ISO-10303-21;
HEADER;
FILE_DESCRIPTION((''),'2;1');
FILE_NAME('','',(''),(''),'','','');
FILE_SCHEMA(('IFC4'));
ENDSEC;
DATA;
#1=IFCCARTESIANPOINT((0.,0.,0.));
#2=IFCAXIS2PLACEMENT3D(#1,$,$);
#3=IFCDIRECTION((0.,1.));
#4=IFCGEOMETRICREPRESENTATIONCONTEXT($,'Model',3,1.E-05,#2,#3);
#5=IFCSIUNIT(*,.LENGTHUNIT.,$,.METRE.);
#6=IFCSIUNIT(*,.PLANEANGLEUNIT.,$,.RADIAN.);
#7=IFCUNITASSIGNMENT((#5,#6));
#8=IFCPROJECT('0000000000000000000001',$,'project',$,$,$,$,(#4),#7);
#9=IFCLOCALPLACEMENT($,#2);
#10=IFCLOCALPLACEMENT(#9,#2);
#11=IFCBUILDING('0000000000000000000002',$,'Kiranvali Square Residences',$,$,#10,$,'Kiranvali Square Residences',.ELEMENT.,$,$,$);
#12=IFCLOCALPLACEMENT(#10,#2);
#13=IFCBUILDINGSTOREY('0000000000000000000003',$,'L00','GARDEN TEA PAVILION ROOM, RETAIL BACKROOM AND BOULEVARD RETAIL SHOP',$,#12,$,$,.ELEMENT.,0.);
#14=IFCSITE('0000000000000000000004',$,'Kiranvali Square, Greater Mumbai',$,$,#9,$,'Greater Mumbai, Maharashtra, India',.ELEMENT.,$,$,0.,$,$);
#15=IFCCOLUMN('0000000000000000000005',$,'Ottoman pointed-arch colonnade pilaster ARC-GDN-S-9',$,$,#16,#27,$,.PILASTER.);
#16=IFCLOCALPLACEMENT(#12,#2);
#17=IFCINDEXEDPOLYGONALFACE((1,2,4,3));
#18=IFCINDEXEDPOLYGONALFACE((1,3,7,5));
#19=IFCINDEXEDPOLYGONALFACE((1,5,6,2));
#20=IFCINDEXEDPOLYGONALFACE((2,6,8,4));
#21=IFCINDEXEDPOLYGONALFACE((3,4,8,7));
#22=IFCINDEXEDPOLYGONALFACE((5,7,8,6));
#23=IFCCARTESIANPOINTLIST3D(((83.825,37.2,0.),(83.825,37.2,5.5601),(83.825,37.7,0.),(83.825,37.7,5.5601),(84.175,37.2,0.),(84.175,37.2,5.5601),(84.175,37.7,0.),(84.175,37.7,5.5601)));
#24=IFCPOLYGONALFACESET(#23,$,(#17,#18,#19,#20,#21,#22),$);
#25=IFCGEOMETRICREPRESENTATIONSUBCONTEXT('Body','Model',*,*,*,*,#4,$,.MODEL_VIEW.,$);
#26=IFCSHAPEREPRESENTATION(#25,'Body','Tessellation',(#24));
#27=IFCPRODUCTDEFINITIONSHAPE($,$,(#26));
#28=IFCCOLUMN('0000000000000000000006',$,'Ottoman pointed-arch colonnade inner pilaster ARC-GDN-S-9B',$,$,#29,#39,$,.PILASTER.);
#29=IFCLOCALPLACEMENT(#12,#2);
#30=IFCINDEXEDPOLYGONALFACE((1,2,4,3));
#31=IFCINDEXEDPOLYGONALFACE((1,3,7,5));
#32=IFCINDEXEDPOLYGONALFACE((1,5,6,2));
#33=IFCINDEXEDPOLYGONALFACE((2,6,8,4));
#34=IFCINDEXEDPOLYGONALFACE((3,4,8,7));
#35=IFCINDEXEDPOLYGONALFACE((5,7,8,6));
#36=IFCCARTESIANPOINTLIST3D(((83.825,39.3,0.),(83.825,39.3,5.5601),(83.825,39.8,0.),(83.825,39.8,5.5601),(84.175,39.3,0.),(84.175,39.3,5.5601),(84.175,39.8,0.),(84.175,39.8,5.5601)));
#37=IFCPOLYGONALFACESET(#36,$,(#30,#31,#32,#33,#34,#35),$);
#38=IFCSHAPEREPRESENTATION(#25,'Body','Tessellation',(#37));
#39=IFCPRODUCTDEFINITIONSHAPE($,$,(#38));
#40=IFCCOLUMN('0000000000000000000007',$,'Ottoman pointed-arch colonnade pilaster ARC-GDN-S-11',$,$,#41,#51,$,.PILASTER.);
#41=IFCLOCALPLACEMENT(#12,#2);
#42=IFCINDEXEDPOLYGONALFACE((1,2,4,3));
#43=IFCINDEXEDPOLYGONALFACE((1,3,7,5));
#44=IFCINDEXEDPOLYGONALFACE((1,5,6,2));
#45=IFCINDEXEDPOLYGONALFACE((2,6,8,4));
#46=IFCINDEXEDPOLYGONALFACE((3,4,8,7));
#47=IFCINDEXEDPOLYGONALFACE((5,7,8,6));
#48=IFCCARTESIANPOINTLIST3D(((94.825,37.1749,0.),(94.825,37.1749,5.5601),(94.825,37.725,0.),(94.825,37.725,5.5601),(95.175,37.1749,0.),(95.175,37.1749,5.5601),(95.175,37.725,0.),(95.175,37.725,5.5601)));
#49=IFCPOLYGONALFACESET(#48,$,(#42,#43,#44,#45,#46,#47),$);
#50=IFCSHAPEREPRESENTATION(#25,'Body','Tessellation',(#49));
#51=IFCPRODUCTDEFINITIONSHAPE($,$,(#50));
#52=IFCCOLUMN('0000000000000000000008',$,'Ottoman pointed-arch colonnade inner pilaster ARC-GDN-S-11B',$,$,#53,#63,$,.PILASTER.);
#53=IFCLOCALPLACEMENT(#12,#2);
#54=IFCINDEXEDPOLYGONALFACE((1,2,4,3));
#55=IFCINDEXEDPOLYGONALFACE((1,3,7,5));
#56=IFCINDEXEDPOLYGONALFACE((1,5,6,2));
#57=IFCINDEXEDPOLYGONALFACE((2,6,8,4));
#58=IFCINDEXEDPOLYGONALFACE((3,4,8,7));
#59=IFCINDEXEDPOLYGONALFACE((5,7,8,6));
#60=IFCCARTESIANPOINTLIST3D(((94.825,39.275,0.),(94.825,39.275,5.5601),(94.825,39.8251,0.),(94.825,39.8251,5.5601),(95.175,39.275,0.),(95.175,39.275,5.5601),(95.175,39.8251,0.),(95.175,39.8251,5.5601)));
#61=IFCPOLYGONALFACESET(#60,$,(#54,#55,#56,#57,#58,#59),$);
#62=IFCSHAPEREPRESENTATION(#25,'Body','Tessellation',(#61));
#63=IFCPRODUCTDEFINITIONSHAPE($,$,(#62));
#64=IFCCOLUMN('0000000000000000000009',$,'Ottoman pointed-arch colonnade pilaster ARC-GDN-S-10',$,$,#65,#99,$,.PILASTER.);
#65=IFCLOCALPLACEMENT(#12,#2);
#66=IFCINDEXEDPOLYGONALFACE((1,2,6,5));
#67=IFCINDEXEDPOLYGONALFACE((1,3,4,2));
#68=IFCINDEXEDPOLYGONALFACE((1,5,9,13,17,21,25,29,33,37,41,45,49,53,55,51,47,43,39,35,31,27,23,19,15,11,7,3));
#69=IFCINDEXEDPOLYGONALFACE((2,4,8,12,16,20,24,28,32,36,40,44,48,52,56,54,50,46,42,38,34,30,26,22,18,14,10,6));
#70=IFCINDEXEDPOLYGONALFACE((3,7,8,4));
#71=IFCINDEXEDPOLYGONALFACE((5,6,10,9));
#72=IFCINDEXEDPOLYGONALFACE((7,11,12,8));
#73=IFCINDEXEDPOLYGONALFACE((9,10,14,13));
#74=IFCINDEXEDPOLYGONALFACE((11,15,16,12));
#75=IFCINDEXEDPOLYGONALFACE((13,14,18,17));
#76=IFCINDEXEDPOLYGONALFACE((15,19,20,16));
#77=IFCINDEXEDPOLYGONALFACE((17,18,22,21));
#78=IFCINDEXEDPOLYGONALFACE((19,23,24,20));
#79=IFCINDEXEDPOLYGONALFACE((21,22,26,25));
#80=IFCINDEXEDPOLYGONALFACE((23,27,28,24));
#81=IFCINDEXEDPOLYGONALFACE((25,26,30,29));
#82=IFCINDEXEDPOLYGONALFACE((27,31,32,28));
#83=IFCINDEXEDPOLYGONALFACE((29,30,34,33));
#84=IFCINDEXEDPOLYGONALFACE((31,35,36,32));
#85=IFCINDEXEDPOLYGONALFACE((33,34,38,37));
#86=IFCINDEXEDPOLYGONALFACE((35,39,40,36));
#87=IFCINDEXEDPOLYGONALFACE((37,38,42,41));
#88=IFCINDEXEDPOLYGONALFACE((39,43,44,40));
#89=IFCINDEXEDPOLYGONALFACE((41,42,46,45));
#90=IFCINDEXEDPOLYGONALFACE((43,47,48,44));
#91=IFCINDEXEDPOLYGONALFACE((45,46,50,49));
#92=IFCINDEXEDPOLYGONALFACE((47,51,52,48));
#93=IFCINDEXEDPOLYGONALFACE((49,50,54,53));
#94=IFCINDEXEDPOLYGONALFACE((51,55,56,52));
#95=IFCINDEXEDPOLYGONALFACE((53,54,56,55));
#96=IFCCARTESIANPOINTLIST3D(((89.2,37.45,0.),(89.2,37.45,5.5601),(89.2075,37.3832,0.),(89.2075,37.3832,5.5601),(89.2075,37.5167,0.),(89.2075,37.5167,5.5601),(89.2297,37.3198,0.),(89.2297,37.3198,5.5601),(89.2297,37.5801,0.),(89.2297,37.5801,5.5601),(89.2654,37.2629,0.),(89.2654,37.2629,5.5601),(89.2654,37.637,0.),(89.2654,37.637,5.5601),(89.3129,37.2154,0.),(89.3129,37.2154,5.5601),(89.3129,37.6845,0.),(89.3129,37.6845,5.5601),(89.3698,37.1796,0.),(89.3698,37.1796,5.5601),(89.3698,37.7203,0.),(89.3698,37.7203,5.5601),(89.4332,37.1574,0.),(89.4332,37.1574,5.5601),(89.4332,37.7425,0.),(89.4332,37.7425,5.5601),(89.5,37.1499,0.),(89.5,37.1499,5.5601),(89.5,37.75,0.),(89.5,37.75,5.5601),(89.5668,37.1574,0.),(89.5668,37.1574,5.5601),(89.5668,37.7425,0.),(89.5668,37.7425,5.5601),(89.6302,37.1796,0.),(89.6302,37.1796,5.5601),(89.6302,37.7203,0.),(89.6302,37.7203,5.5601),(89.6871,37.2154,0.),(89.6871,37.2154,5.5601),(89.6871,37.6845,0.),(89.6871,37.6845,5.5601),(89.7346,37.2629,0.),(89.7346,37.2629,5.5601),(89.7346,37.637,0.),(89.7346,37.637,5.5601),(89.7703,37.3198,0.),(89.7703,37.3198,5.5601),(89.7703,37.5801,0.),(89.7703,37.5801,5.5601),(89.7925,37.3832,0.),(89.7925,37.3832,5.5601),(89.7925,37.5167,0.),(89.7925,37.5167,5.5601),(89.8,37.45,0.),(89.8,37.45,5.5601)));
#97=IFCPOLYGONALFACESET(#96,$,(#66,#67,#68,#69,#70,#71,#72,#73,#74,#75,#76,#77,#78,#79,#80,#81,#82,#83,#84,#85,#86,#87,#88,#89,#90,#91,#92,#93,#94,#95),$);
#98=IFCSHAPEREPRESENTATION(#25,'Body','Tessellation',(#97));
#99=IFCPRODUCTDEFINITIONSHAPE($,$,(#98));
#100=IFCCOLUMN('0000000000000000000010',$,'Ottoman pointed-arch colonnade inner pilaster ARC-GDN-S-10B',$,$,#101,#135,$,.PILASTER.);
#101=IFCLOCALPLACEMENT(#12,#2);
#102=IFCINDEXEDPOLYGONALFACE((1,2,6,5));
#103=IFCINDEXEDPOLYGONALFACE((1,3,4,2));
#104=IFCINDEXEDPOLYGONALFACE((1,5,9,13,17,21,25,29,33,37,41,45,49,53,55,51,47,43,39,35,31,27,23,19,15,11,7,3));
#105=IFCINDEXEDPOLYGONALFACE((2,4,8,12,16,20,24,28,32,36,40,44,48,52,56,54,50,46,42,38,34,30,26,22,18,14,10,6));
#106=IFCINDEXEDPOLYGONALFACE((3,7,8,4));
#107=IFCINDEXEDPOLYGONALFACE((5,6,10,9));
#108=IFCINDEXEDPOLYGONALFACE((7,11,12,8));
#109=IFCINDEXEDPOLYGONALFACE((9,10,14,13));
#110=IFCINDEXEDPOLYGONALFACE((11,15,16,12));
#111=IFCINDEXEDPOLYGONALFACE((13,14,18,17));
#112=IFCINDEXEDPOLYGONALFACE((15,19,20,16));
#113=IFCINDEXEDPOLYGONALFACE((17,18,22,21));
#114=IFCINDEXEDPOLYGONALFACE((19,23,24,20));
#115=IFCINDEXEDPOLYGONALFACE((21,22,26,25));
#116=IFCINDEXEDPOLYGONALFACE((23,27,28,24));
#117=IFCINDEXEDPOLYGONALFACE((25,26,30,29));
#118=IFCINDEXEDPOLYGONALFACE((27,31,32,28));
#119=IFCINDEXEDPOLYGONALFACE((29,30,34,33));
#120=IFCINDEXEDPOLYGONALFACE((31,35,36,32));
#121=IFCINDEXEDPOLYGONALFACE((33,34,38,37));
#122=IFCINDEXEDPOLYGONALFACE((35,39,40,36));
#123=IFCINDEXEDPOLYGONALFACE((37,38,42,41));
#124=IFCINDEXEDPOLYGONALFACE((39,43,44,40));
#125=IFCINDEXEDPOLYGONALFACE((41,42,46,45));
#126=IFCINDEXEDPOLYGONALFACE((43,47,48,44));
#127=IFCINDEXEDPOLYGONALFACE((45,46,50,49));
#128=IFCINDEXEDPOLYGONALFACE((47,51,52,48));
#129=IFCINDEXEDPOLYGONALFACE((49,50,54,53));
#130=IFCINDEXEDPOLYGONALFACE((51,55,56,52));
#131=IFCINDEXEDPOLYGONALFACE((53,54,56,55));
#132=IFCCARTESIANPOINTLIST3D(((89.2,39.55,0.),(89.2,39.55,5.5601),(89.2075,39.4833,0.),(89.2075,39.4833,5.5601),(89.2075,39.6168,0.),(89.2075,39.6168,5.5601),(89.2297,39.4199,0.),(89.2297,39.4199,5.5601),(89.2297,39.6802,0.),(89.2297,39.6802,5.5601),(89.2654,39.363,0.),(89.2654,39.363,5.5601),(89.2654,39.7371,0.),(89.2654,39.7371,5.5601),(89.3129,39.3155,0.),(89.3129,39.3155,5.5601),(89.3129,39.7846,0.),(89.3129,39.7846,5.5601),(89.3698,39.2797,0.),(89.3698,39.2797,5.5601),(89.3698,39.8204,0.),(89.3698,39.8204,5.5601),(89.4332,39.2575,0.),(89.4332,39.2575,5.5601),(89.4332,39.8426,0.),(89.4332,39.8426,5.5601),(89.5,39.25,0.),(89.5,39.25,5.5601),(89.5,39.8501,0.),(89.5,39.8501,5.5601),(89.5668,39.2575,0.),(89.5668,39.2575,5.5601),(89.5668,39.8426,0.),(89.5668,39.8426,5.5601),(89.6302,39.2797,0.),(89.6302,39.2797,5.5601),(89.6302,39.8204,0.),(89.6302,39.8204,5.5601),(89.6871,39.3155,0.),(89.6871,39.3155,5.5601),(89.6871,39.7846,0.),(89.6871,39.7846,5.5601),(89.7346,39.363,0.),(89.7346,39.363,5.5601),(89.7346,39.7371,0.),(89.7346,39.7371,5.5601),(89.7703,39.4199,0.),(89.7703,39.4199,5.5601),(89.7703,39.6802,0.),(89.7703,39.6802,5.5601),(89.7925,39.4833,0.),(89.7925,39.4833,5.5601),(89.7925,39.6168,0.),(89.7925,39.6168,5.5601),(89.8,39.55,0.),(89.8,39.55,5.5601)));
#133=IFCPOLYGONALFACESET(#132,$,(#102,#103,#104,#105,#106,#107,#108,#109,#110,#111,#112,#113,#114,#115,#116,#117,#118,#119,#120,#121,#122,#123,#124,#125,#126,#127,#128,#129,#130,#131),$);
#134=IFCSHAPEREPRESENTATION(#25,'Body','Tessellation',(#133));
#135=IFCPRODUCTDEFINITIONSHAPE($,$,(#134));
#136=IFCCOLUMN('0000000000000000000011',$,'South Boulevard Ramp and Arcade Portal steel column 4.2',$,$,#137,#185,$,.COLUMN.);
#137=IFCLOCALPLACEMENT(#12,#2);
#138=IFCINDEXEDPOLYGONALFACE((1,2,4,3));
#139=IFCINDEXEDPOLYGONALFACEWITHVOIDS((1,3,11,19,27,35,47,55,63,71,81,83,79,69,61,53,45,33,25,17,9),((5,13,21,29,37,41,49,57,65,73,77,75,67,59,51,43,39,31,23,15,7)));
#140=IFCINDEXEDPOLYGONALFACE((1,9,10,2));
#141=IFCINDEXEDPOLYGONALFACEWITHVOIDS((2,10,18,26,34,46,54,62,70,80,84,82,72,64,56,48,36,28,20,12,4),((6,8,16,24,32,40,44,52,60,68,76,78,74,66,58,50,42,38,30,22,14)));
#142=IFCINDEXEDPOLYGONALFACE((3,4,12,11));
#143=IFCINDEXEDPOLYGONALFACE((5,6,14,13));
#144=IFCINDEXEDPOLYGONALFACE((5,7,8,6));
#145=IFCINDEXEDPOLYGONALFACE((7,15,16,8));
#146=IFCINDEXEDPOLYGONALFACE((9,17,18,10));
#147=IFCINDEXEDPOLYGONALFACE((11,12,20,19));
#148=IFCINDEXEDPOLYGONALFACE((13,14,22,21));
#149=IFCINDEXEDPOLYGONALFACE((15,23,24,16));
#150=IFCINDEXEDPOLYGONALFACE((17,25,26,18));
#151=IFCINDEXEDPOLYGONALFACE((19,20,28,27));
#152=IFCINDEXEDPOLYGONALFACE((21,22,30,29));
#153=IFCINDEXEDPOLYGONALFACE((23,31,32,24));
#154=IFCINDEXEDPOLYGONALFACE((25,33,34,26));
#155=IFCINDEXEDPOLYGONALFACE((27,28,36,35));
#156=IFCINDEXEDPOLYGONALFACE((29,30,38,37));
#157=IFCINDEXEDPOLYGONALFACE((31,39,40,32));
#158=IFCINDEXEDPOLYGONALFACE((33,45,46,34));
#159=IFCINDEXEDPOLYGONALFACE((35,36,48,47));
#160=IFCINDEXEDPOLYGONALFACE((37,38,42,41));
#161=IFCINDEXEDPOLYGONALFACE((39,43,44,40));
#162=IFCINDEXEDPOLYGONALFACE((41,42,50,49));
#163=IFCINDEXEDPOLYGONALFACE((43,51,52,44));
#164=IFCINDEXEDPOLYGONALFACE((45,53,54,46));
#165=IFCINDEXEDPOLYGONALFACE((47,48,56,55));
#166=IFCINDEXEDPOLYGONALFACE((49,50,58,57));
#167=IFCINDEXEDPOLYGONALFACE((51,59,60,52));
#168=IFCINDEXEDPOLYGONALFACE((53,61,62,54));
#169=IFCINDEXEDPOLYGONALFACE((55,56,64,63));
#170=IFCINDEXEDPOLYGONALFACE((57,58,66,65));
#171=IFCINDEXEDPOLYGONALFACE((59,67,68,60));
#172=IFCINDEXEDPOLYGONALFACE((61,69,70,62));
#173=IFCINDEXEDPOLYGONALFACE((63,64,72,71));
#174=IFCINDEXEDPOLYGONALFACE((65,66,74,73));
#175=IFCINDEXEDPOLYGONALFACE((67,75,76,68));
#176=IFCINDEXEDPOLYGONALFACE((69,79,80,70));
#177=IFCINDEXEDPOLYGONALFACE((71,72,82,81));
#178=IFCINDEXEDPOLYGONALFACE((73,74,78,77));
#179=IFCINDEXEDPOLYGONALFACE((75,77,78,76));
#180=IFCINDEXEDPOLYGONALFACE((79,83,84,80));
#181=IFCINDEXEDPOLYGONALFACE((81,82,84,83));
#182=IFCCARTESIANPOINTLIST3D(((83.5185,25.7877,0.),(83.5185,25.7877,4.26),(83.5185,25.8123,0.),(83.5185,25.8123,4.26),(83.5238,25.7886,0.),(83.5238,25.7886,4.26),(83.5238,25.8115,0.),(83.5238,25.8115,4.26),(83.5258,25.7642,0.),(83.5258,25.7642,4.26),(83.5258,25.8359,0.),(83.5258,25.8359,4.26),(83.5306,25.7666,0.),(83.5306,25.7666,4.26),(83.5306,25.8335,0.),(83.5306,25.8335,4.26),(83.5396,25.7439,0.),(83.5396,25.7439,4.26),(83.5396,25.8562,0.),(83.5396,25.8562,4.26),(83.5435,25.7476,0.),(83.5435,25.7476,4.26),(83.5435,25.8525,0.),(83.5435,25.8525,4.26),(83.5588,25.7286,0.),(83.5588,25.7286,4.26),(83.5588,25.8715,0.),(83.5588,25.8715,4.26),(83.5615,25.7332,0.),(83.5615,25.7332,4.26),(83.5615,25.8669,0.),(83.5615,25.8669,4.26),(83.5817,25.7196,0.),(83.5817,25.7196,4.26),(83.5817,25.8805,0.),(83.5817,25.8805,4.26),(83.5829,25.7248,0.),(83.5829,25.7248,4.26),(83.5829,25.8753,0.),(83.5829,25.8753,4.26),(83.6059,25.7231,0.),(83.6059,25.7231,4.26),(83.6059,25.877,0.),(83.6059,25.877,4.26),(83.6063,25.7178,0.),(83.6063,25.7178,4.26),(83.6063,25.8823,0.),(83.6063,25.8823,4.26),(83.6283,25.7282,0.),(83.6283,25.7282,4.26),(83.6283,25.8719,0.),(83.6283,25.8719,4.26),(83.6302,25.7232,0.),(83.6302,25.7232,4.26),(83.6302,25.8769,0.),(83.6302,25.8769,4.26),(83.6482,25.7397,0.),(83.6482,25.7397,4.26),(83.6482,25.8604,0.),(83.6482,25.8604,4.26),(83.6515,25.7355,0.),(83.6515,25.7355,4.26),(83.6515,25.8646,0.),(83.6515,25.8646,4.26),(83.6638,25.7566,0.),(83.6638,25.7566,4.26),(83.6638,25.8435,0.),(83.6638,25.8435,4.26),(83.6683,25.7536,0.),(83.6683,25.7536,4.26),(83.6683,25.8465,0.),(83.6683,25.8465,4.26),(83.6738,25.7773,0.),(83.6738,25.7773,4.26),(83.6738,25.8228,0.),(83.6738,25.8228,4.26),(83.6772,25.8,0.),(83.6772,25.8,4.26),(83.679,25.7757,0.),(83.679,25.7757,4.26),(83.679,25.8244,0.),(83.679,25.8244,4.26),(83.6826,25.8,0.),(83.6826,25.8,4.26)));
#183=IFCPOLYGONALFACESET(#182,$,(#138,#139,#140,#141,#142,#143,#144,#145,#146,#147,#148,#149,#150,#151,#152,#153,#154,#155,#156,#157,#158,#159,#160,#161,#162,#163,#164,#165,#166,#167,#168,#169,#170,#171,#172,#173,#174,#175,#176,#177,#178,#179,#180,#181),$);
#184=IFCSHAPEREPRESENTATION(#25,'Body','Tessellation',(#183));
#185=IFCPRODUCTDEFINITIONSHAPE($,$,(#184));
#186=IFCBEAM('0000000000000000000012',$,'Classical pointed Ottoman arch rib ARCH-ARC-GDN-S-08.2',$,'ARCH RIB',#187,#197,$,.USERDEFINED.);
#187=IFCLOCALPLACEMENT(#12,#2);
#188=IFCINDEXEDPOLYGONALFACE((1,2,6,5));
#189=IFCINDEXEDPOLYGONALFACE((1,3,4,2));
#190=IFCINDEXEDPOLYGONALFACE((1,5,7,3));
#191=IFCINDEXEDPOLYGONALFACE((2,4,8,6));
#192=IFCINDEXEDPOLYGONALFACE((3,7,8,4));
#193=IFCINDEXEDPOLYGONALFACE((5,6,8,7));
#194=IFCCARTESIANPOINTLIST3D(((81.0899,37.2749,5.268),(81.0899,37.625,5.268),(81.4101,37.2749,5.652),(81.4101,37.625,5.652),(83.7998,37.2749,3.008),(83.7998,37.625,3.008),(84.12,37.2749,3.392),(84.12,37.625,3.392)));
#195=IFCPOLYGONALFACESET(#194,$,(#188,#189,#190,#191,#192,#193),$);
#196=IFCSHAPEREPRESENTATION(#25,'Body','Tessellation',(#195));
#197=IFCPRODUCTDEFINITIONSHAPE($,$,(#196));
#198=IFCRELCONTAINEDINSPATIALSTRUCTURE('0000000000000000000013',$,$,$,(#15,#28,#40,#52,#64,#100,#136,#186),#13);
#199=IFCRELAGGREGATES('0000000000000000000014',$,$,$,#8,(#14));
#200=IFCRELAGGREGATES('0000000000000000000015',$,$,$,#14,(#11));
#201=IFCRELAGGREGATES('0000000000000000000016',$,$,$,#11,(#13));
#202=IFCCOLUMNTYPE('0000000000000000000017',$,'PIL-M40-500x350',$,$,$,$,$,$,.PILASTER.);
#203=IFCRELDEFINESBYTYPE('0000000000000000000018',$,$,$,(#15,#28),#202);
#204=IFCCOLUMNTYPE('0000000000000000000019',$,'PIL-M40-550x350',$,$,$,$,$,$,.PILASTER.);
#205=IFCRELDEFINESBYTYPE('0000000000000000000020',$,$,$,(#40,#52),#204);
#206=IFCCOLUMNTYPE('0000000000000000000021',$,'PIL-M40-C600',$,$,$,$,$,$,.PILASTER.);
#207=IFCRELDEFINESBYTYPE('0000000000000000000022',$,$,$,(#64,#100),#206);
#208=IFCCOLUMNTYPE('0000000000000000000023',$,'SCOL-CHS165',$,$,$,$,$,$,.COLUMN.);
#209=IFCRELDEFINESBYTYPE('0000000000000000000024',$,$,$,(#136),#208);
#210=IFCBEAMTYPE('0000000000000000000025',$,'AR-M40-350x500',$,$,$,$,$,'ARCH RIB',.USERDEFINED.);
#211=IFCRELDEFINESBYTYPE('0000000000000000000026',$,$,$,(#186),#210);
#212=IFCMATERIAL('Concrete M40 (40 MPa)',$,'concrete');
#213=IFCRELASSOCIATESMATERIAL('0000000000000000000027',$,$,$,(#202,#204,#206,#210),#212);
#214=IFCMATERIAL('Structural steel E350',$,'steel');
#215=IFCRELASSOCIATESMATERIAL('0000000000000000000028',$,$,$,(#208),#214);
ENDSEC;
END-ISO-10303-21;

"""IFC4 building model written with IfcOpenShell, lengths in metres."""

from ifc_helpers import new_model, si_unit, direction, frame, origin, origin_2d, place, context, subcontext, project, spatial, rectangle, circle, hollow_circle, extrude, material, material_profile, profile_set, type_object, element, save


model = new_model("IFC4")

# Units and contexts
model_context = context("Model", 3, precision=1e-05, world=origin(), true_north=direction((0.0, 1.0)))
body_context = subcontext(model_context, "Body", "Model", "MODEL_VIEW")
ifc_project = project(units=[si_unit("LENGTHUNIT", "METRE"), si_unit("PLANEANGLEUNIT", "RADIAN")], contexts=[model_context])

# Site, building, storey
site_placement = place(None, origin())
site = spatial("IfcSite", under=ifc_project, at=site_placement, Name="Kiranvali Square, Greater Mumbai", LongName="Greater Mumbai, Maharashtra, India", CompositionType="ELEMENT", RefElevation=0.0)
building_placement = place(site_placement, origin())
building = spatial("IfcBuilding", under=site, at=building_placement, Name="Kiranvali Square Residences", LongName="Kiranvali Square Residences", CompositionType="ELEMENT")
storey_placement = place(building_placement, origin())
storey = spatial("IfcBuildingStorey", under=building, at=storey_placement, Name="L00", Description="GARDEN TEA PAVILION ROOM, RETAIL BACKROOM AND BOULEVARD RETAIL SHOP", CompositionType="ELEMENT", Elevation=0.0)

# Columns
ifc_material_1 = material(Name="Concrete M40 (40 MPa)", Category="concrete")
ifc_material_profile_1 = material_profile(ifc_material_1, rectangle(XDim=0.3501, YDim=0.5, at=origin_2d()), Name="RC 500x350")
ifc_profile_set_1 = profile_set([ifc_material_profile_1], Name="Concrete M40 (40 MPa)")
column_type_1 = type_object("IfcColumnType", Name="PIL-M40-500x350", PredefinedType="PILASTER", material=ifc_profile_set_1)
for number, where, z_axis, x_axis, name in (
    (1, (84.0, 37.45, 0.0), (0.0, 0.0, 1.0), (1.0, 0.0, 0.0), "Ottoman pointed-arch colonnade pilaster ARC-GDN-S-9"),
    (2, (84.0, 39.55, 0.0), (0.0, 0.0, 1.0), (1.0, 0.0, 0.0), "Ottoman pointed-arch colonnade inner pilaster ARC-GDN-S-9B"),
):
    element("IfcColumn", number, at=place(storey_placement, frame(where, z_axis=z_axis, x_axis=x_axis)), inside=storey, type_object=column_type_1, Name=name, PredefinedType="PILASTER", context=body_context, shape_type="SweptSolid", body=[
        extrude(rectangle(XDim=0.3501, YDim=0.5, at=origin_2d()), origin(), (0.0, 0.0, 1.0), 5.5601),
    ])
ifc_material_profile_2 = material_profile(ifc_material_1, rectangle(XDim=0.3501, YDim=0.55, at=origin_2d()), Name="RC 550x350")
ifc_profile_set_2 = profile_set([ifc_material_profile_2], Name="Concrete M40 (40 MPa)")
column_type_2 = type_object("IfcColumnType", Name="PIL-M40-550x350", PredefinedType="PILASTER", material=ifc_profile_set_2)
for number, where, z_axis, x_axis, name in (
    (3, (95.0, 37.45, 0.0), (0.0, 0.0, 1.0), (1.0, 0.0, 0.0), "Ottoman pointed-arch colonnade pilaster ARC-GDN-S-11"),
    (4, (95.0, 39.55, 0.0), (0.0, 0.0, 1.0), (1.0, 0.0, 0.0), "Ottoman pointed-arch colonnade inner pilaster ARC-GDN-S-11B"),
):
    element("IfcColumn", number, at=place(storey_placement, frame(where, z_axis=z_axis, x_axis=x_axis)), inside=storey, type_object=column_type_2, Name=name, PredefinedType="PILASTER", context=body_context, shape_type="SweptSolid", body=[
        extrude(rectangle(XDim=0.3501, YDim=0.55, at=origin_2d()), origin(), (0.0, 0.0, 1.0), 5.5601),
    ])
ifc_material_profile_3 = material_profile(ifc_material_1, circle(Radius=0.3, at=origin_2d()), Name="RC-CIRC 600")
ifc_profile_set_3 = profile_set([ifc_material_profile_3], Name="Concrete M40 (40 MPa)")
column_type_3 = type_object("IfcColumnType", Name="PIL-M40-C600", PredefinedType="PILASTER", material=ifc_profile_set_3)
for number, where, z_axis, x_axis, name in (
    (5, (89.5, 37.45, 0.0), (0.0, 0.0, 1.0), (1.0, 0.0, 0.0), "Ottoman pointed-arch colonnade pilaster ARC-GDN-S-10"),
    (6, (89.5, 39.55, 0.0), (0.0, 0.0, 1.0), (1.0, 0.0, 0.0), "Ottoman pointed-arch colonnade inner pilaster ARC-GDN-S-10B"),
):
    element("IfcColumn", number, at=place(storey_placement, frame(where, z_axis=z_axis, x_axis=x_axis)), inside=storey, type_object=column_type_3, Name=name, PredefinedType="PILASTER", context=body_context, shape_type="SweptSolid", body=[
        extrude(circle(Radius=0.3, at=origin_2d()), origin(), (0.0, 0.0, 1.0), 5.5601),
    ])
ifc_material_2 = material(Name="Structural steel E350", Category="steel")
ifc_material_profile_4 = material_profile(ifc_material_2, hollow_circle(Radius=0.0825, WallThickness=0.0054, at=origin_2d()), Name="CHS 165.1x5.4")
ifc_profile_set_4 = profile_set([ifc_material_profile_4], Name="Structural steel E350")
column_type_4 = type_object("IfcColumnType", Name="SCOL-CHS165", PredefinedType="COLUMN", material=ifc_profile_set_4)
column_placement = place(storey_placement, frame((83.6001, 25.8, 0.0), z_axis=(0.0, 0.0, 1.0), x_axis=(1.0, 0.0, 0.0)))
element("IfcColumn", 7, at=column_placement, inside=storey, type_object=column_type_4, Name="South Boulevard Ramp and Arcade Portal steel column 4.2", PredefinedType="COLUMN", context=body_context, shape_type="SweptSolid", body=[
    extrude(hollow_circle(Radius=0.0825, WallThickness=0.0054, at=origin_2d()), origin(), (0.0, 0.0, 1.0), 4.26),
])

# Beam
ifc_material_profile_5 = material_profile(ifc_material_1, rectangle(XDim=0.3501, YDim=0.5, at=origin_2d()), Name="RC 350x500")
ifc_profile_set_5 = profile_set([ifc_material_profile_5], Name="Concrete M40 (40 MPa)")
beam_type_1 = type_object("IfcBeamType", Name="AR-M40-350x500", ElementType="ARCH RIB", PredefinedType="USERDEFINED", material=ifc_profile_set_5)
for number, where, z_axis, x_axis, name in (
    (8, (81.25, 37.45, 5.46), (0.767983, 0.0, -0.64047), (0.0, 1.0, 0.0), "Classical pointed Ottoman arch rib ARCH-ARC-GDN-S-08.2"),
):
    element("IfcBeam", number, at=place(storey_placement, frame(where, z_axis=z_axis, x_axis=x_axis)), inside=storey, type_object=beam_type_1, Name=name, ObjectType="ARCH RIB", PredefinedType="USERDEFINED", context=body_context, shape_type="SweptSolid", body=[
        extrude(rectangle(XDim=0.3501, YDim=0.5, at=origin_2d()), origin(), (0.0, 0.0, 1.0), 3.5286),
    ])

save(model, "model.ifc")
